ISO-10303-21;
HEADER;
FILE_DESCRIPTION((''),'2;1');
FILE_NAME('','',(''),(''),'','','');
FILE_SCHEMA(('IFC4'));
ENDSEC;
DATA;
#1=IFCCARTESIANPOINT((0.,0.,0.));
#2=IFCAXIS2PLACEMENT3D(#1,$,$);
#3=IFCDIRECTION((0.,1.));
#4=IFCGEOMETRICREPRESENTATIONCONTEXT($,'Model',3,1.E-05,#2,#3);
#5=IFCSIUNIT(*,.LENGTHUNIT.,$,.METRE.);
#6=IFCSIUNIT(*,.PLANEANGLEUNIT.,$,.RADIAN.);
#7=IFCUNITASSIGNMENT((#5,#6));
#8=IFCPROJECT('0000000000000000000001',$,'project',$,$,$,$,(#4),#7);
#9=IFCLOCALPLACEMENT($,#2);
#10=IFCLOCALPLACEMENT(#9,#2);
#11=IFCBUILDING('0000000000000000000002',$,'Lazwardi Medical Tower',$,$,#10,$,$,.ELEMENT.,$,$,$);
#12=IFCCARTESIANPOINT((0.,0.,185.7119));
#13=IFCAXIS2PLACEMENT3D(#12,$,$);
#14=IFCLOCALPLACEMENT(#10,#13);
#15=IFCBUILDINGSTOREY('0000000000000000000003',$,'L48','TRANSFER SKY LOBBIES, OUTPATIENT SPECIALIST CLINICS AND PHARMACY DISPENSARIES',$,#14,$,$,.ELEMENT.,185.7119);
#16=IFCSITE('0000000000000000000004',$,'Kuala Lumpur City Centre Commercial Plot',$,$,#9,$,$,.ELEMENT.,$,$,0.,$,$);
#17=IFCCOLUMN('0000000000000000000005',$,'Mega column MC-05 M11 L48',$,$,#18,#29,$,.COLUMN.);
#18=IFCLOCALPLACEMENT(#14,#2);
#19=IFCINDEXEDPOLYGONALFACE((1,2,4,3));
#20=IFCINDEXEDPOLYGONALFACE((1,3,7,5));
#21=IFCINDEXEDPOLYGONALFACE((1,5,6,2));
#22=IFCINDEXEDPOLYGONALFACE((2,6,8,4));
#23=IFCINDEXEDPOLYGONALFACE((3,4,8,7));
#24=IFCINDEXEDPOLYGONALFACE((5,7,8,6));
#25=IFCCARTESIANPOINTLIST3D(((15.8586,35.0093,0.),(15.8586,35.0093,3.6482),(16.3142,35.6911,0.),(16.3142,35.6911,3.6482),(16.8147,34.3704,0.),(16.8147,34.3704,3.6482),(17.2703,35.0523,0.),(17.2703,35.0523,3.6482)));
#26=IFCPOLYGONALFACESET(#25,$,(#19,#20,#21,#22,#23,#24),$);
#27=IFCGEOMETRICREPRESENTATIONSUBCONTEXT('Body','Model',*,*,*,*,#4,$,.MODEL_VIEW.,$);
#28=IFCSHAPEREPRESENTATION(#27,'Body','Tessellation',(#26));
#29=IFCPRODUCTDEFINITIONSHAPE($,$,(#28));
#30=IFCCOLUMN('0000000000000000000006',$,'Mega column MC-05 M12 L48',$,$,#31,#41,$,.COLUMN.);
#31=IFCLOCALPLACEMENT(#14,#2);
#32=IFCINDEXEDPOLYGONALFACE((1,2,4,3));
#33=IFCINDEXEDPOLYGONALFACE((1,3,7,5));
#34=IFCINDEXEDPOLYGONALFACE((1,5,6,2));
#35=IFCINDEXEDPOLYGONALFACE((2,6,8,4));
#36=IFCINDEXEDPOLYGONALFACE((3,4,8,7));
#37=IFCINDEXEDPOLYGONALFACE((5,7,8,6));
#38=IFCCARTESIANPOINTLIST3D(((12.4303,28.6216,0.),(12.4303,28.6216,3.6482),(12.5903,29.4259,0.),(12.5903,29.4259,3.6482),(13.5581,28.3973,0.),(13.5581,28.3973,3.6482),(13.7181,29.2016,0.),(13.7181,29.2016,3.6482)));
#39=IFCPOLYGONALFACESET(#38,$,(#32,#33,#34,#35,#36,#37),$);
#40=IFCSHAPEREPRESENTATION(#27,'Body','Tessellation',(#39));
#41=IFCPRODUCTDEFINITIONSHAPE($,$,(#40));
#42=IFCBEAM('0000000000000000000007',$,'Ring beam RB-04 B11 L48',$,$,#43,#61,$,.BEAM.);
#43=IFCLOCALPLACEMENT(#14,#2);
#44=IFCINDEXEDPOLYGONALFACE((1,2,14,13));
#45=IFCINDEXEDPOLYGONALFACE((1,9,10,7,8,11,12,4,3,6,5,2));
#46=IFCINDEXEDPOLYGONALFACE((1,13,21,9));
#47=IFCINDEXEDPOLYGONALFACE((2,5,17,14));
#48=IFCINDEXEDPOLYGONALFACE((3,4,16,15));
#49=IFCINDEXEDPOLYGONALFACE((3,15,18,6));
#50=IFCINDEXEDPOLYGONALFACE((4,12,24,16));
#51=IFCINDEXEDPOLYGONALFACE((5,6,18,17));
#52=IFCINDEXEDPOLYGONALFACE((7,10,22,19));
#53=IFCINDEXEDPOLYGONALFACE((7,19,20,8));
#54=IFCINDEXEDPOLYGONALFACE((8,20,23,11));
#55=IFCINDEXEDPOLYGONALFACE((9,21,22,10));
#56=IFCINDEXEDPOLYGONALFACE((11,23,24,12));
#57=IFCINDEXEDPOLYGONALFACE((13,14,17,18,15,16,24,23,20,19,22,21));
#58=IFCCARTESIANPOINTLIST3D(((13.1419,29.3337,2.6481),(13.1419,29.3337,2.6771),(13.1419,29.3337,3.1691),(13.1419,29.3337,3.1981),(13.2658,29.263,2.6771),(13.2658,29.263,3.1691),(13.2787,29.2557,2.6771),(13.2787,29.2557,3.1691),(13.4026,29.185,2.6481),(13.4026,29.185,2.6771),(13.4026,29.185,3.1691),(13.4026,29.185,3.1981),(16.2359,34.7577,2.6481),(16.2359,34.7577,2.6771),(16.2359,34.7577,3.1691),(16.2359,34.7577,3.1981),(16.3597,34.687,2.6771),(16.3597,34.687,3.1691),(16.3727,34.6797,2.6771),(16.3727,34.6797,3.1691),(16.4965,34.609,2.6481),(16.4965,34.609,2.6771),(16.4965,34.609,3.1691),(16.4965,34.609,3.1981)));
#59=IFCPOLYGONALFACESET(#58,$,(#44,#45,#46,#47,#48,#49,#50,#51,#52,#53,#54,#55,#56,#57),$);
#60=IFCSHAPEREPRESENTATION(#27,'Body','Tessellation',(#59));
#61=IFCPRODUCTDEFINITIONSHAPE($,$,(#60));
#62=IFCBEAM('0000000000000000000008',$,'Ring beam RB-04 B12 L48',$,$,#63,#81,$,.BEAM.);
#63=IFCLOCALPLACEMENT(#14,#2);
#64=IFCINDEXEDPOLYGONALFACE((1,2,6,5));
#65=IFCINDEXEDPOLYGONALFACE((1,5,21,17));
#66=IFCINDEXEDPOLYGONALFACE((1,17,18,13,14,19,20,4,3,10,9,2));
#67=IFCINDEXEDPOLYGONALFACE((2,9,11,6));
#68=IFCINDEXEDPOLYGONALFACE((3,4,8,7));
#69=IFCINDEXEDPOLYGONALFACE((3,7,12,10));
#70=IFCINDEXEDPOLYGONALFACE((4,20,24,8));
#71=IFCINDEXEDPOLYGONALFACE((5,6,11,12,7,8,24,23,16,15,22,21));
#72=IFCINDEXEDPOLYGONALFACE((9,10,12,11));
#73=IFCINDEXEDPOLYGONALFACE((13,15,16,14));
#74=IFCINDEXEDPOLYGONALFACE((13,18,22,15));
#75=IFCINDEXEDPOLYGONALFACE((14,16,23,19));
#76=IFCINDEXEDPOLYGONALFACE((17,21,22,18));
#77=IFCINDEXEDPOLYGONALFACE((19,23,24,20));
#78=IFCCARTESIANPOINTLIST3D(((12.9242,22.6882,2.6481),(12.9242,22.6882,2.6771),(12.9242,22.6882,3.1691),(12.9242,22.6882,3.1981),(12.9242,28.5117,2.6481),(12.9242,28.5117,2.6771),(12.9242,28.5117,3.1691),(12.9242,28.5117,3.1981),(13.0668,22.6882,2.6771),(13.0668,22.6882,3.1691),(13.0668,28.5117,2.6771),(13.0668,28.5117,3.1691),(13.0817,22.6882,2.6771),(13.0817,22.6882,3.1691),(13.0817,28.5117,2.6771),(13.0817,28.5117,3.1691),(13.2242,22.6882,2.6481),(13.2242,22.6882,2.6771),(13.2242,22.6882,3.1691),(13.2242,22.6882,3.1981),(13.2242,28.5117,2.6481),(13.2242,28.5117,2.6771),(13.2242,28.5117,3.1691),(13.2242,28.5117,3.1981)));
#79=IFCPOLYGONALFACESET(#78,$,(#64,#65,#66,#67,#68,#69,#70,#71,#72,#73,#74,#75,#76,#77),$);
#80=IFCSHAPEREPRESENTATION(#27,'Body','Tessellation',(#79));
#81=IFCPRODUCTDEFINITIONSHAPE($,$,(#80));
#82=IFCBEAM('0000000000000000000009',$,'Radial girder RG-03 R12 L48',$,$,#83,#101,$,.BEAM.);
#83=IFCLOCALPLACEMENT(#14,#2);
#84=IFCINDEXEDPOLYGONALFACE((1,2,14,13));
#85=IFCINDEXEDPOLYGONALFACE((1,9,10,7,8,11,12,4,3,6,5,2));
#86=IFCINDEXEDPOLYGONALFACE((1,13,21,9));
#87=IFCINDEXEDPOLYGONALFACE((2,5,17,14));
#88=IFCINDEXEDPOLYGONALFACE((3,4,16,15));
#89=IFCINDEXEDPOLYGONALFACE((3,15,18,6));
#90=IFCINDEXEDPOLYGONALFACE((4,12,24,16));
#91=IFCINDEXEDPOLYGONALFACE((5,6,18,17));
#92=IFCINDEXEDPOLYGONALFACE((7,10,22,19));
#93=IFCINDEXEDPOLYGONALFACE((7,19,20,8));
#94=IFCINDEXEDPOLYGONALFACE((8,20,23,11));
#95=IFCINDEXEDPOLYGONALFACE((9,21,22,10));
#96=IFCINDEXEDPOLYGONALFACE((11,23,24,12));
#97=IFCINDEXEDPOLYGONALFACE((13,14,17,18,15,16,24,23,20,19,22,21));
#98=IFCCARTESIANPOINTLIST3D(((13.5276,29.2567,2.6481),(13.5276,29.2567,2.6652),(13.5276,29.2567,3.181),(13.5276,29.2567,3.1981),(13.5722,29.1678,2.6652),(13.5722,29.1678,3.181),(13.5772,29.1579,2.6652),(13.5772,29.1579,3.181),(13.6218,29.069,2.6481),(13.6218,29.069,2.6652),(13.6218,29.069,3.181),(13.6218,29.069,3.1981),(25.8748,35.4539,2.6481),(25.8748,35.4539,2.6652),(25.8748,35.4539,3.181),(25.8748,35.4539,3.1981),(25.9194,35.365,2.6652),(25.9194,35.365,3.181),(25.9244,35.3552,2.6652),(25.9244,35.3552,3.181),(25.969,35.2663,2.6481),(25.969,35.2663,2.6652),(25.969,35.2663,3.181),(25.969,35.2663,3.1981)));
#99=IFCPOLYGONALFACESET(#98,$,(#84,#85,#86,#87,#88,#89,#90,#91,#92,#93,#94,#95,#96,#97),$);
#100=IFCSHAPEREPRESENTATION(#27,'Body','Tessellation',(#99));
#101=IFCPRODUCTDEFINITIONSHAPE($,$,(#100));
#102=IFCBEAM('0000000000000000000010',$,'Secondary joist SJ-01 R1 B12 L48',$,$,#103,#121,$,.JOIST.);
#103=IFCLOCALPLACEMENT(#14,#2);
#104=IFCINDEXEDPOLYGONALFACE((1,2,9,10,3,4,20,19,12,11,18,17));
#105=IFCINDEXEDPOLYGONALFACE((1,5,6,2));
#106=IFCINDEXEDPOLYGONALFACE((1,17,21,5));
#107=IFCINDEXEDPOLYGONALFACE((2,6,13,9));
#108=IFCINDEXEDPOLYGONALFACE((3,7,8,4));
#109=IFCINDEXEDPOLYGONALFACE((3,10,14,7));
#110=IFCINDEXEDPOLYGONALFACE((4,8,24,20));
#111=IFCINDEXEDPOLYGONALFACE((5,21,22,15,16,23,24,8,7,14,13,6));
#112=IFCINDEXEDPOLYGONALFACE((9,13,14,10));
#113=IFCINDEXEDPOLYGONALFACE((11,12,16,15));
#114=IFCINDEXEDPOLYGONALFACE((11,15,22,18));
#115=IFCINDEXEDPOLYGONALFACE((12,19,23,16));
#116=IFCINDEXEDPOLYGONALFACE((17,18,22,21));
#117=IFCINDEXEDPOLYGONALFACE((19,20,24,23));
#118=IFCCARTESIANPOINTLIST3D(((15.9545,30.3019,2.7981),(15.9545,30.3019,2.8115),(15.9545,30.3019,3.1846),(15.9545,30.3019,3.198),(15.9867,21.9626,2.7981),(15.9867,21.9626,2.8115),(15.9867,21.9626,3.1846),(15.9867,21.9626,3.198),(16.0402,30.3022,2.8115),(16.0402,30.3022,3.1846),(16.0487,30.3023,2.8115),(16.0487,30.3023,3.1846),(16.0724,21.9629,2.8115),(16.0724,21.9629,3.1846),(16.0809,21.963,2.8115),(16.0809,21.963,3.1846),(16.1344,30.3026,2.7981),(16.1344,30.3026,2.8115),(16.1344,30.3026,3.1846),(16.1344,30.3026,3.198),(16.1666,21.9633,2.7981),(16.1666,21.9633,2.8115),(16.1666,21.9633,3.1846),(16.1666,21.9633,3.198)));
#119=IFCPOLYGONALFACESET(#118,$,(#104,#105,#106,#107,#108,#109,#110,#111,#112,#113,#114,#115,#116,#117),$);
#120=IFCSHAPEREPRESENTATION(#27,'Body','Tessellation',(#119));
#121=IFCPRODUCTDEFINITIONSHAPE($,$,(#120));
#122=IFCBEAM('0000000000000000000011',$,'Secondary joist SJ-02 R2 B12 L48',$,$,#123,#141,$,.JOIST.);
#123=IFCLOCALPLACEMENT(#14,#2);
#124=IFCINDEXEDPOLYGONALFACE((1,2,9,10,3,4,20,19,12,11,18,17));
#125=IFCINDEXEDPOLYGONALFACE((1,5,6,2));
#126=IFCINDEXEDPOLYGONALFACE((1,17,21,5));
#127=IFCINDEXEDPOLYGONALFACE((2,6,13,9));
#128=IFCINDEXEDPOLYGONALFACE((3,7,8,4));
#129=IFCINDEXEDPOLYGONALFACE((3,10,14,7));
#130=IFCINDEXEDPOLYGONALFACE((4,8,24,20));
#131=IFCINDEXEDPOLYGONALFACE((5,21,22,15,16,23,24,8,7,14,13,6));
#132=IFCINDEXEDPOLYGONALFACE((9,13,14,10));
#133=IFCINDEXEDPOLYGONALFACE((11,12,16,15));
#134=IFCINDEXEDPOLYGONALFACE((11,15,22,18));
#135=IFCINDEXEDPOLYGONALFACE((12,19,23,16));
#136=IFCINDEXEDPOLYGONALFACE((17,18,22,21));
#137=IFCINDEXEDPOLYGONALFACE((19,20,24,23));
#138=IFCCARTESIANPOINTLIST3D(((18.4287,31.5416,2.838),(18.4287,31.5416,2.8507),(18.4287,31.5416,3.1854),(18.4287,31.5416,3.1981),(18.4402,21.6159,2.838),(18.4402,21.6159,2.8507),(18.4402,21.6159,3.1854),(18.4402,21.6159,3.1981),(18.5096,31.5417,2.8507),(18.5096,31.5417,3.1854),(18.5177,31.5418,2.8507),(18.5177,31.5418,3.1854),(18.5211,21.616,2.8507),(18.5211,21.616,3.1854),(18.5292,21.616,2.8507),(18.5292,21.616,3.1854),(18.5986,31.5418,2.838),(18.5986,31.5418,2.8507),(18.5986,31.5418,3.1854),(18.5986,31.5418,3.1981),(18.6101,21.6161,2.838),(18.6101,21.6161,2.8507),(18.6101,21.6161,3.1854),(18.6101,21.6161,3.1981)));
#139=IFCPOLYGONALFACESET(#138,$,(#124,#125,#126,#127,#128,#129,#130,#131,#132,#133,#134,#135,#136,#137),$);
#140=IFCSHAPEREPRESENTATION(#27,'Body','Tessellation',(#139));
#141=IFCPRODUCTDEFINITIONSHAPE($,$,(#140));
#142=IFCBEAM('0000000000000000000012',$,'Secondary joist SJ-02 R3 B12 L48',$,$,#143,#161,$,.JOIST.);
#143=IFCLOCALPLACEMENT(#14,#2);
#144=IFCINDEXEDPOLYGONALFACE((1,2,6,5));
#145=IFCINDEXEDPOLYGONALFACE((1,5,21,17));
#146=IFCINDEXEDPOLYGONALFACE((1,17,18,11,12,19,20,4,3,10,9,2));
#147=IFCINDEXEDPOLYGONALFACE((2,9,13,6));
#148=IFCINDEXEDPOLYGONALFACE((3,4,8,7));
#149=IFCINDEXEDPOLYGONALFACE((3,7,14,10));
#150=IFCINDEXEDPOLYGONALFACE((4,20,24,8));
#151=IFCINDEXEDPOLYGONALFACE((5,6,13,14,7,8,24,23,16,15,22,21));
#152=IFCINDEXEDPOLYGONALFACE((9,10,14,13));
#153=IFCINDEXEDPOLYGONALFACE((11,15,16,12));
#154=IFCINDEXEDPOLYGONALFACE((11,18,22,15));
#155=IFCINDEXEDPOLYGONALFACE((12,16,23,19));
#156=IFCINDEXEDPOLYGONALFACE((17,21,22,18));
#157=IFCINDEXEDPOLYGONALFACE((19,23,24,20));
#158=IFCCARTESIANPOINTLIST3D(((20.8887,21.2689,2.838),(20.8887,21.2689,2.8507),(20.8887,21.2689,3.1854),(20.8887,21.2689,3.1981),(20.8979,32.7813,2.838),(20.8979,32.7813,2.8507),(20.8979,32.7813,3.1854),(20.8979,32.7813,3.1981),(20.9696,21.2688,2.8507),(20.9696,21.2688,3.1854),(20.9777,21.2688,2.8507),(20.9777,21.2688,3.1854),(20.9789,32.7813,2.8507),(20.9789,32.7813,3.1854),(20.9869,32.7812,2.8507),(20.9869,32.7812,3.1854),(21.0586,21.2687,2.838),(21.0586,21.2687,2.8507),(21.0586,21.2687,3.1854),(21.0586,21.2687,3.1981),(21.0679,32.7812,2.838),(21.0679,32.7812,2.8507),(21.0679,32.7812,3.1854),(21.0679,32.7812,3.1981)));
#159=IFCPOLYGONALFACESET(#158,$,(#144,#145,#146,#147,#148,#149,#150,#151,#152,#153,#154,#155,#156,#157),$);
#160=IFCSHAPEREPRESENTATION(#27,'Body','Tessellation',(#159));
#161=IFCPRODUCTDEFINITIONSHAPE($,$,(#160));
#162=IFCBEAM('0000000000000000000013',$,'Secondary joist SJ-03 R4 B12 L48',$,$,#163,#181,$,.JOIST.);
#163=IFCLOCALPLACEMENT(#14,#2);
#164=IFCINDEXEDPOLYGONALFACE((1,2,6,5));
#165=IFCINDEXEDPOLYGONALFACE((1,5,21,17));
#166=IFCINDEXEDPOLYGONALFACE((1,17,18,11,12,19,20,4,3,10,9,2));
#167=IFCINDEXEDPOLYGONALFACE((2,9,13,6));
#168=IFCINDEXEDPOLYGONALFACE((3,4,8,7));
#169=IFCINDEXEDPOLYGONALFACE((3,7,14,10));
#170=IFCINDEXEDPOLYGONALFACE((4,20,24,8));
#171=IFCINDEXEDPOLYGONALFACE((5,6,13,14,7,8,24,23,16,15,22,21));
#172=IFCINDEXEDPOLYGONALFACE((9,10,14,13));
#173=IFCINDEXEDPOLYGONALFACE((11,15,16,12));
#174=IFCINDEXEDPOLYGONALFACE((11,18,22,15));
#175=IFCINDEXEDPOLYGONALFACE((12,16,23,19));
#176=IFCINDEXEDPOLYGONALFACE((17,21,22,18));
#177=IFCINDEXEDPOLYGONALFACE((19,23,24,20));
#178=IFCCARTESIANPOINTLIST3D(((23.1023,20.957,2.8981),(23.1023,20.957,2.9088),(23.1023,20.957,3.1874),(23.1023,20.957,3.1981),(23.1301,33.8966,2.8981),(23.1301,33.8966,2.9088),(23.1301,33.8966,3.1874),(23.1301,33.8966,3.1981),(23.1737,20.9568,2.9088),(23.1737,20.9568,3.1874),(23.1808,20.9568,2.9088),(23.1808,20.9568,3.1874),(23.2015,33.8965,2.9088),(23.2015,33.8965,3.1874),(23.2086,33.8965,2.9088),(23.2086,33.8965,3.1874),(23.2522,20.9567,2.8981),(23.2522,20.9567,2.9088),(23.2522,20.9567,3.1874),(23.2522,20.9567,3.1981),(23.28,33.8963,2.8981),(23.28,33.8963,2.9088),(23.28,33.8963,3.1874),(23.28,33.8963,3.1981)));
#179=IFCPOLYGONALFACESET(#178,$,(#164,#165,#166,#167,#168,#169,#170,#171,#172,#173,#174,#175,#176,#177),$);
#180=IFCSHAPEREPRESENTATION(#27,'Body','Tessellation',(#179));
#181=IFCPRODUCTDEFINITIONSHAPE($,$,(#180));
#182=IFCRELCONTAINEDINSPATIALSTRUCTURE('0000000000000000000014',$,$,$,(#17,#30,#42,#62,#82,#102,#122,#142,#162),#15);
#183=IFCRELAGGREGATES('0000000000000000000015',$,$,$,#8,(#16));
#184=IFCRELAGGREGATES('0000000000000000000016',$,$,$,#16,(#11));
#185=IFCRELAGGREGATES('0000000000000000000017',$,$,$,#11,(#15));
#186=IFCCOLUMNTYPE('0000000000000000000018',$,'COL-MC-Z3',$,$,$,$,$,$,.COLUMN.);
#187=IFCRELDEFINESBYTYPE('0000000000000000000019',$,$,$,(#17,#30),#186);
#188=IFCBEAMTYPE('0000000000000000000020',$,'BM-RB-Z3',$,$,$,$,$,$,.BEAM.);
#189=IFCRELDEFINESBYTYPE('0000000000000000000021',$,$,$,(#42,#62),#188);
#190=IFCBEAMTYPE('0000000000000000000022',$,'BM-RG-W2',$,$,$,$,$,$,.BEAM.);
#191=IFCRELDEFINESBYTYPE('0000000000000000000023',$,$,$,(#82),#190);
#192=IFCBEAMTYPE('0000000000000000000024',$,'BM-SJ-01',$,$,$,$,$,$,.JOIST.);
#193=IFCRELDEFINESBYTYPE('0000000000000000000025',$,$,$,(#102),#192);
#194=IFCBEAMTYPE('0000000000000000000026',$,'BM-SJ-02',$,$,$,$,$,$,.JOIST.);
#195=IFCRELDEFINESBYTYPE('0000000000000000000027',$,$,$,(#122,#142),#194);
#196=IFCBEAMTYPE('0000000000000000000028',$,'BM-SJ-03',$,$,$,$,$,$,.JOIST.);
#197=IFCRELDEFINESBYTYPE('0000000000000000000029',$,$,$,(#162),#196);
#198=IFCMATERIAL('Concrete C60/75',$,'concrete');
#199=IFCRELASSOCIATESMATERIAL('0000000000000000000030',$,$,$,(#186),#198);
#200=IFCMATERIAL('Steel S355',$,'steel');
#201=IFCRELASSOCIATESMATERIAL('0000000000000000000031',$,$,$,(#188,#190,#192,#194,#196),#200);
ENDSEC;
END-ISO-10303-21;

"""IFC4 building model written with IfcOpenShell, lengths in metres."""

from ifc_helpers import new_model, si_unit, direction, frame, origin, origin_2d, place, context, subcontext, project, spatial, rectangle, i_section, extrude, material, material_profile, profile_set, type_object, element, save


model = new_model("IFC4")

# Units and contexts
model_context = context("Model", 3, precision=1e-05, world=origin(), true_north=direction((0.0, 1.0)))
body_context = subcontext(model_context, "Body", "Model", "MODEL_VIEW")
ifc_project = project(units=[si_unit("LENGTHUNIT", "METRE"), si_unit("PLANEANGLEUNIT", "RADIAN")], contexts=[model_context])

# Site, building, storey
site_placement = place(None, origin())
site = spatial("IfcSite", under=ifc_project, at=site_placement, Name="Kuala Lumpur City Centre Commercial Plot", CompositionType="ELEMENT", RefElevation=0.0)
building_placement = place(site_placement, origin())
building = spatial("IfcBuilding", under=site, at=building_placement, Name="Lazwardi Medical Tower", CompositionType="ELEMENT")
storey_placement = place(building_placement, frame((0.0, 0.0, 185.7119)))
storey = spatial("IfcBuildingStorey", under=building, at=storey_placement, Name="L48", Description="TRANSFER SKY LOBBIES, OUTPATIENT SPECIALIST CLINICS AND PHARMACY DISPENSARIES", CompositionType="ELEMENT", Elevation=185.7119)

# Columns
ifc_material_1 = material(Name="Concrete C60/75", Category="concrete")
ifc_material_profile_1 = material_profile(ifc_material_1, rectangle(XDim=1.1499, YDim=0.8201, at=origin_2d()), Name="CFT-RECT 1150x820")
ifc_profile_set_1 = profile_set([ifc_material_profile_1], Name="Concrete C60/75")
column_type = type_object("IfcColumnType", Name="COL-MC-Z3", PredefinedType="COLUMN", material=ifc_profile_set_1)
for number, where, z_axis, x_axis, name in (
    (1, (16.5645, 35.0308, 0.0), (0.0, 0.0, 1.0), (-0.83147, 0.55557, 0.0), "Mega column MC-05 M11 L48"),
    (2, (13.0742, 28.9116, 0.0), (0.0, 0.0, 1.0), (-0.980785, 0.19509, 0.0), "Mega column MC-05 M12 L48"),
):
    element("IfcColumn", number, at=place(storey_placement, frame(where, z_axis=z_axis, x_axis=x_axis)), inside=storey, type_object=column_type, Name=name, PredefinedType="COLUMN", context=body_context, shape_type="SweptSolid", body=[
        extrude(rectangle(XDim=1.1499, YDim=0.8201, at=origin_2d()), origin(), (0.0, 0.0, 1.0), 3.6482),
    ])

# Beams
ifc_material_2 = material(Name="Steel S355", Category="steel")
ifc_material_profile_2 = material_profile(ifc_material_2, i_section(OverallWidth=0.3, OverallDepth=0.55, WebThickness=0.0149, FlangeThickness=0.0291, at=origin_2d()), Name="HEB 550")
ifc_profile_set_2 = profile_set([ifc_material_profile_2], Name="Steel S355")
beam_type_1 = type_object("IfcBeamType", Name="BM-RB-Z3", PredefinedType="BEAM", material=ifc_profile_set_2)
beam_1_placement = place(storey_placement, frame((16.3662, 34.6833, 2.9231), z_axis=(-0.495478, -0.868621, 0.0), x_axis=(0.868621, -0.495478, 0.0)))
element("IfcBeam", 3, at=beam_1_placement, inside=storey, type_object=beam_type_1, Name="Ring beam RB-04 B11 L48", PredefinedType="BEAM", context=body_context, shape_type="SweptSolid", body=[
    extrude(i_section(OverallWidth=0.3, OverallDepth=0.55, WebThickness=0.0149, FlangeThickness=0.0291, at=origin_2d()), origin(), (0.0, 0.0, 1.0), 6.2444),
])
beam_2_placement = place(storey_placement, frame((13.0742, 28.5117, 2.9231), z_axis=(0.0, -1.0, 0.0), x_axis=(1.0, 0.0, 0.0)))
element("IfcBeam", 4, at=beam_2_placement, inside=storey, type_object=beam_type_1, Name="Ring beam RB-04 B12 L48", PredefinedType="BEAM", context=body_context, shape_type="SweptSolid", body=[
    extrude(i_section(OverallWidth=0.3, OverallDepth=0.55, WebThickness=0.0149, FlangeThickness=0.0291, at=origin_2d()), origin(), (0.0, 0.0, 1.0), 5.8235),
])
ifc_material_profile_3 = material_profile(ifc_material_2, i_section(OverallWidth=0.21, OverallDepth=0.55, WebThickness=0.011, FlangeThickness=0.0171, at=origin_2d()), Name="IPE 550")
ifc_profile_set_3 = profile_set([ifc_material_profile_3], Name="Steel S355")
beam_type_2 = type_object("IfcBeamType", Name="BM-RG-W2", PredefinedType="BEAM", material=ifc_profile_set_3)
beam_3_placement = place(storey_placement, frame((13.5747, 29.1628, 2.9231), z_axis=(0.89374, 0.448584, 0.0), x_axis=(-0.448584, 0.89374, 0.0)))
element("IfcBeam", 5, at=beam_3_placement, inside=storey, type_object=beam_type_2, Name="Radial girder RG-03 R12 L48", PredefinedType="BEAM", context=body_context, shape_type="SweptSolid", body=[
    extrude(i_section(OverallWidth=0.21, OverallDepth=0.55, WebThickness=0.011, FlangeThickness=0.0171, at=origin_2d()), origin(), (0.0, 0.0, 1.0), 13.8152),
])
ifc_material_profile_4 = material_profile(ifc_material_2, i_section(OverallWidth=0.1799, OverallDepth=0.3999, WebThickness=0.0085, FlangeThickness=0.0134, at=origin_2d()), Name="IPE 400")
ifc_profile_set_4 = profile_set([ifc_material_profile_4], Name="Steel S355")
beam_type_3 = type_object("IfcBeamType", Name="BM-SJ-01", PredefinedType="JOIST", material=ifc_profile_set_4)
beam_4_placement = place(storey_placement, frame((16.0444, 30.3022, 2.998), z_axis=(0.003864, -0.999993, 0.0), x_axis=(0.999993, 0.003864, 0.0)))
element("IfcBeam", 6, at=beam_4_placement, inside=storey, type_object=beam_type_3, Name="Secondary joist SJ-01 R1 B12 L48", PredefinedType="JOIST", context=body_context, shape_type="SweptSolid", body=[
    extrude(i_section(OverallWidth=0.1799, OverallDepth=0.3999, WebThickness=0.0085, FlangeThickness=0.0134, at=origin_2d()), origin(), (0.0, 0.0, 1.0), 8.3394),
])
ifc_material_profile_5 = material_profile(ifc_material_2, i_section(OverallWidth=0.1699, OverallDepth=0.3601, WebThickness=0.0081, FlangeThickness=0.0127, at=origin_2d()), Name="IPE 360")
ifc_profile_set_5 = profile_set([ifc_material_profile_5], Name="Steel S355")
beam_type_4 = type_object("IfcBeamType", Name="BM-SJ-02", PredefinedType="JOIST", material=ifc_profile_set_5)
beam_5_placement = place(storey_placement, frame((18.5137, 31.5417, 3.0181), z_axis=(0.001156, -0.999999, 0.0), x_axis=(0.999999, 0.001156, 0.0)))
element("IfcBeam", 7, at=beam_5_placement, inside=storey, type_object=beam_type_4, Name="Secondary joist SJ-02 R2 B12 L48", PredefinedType="JOIST", context=body_context, shape_type="SweptSolid", body=[
    extrude(i_section(OverallWidth=0.1699, OverallDepth=0.3601, WebThickness=0.0081, FlangeThickness=0.0127, at=origin_2d()), origin(), (0.0, 0.0, 1.0), 9.9258),
])
beam_6_placement = place(storey_placement, frame((20.9829, 32.7812, 3.0181), z_axis=(-0.000806, -1.0, 0.0), x_axis=(1.0, -0.000806, 0.0)))
element("IfcBeam", 8, at=beam_6_placement, inside=storey, type_object=beam_type_4, Name="Secondary joist SJ-02 R3 B12 L48", PredefinedType="JOIST", context=body_context, shape_type="SweptSolid", body=[
    extrude(i_section(OverallWidth=0.1699, OverallDepth=0.3601, WebThickness=0.0081, FlangeThickness=0.0127, at=origin_2d()), origin(), (0.0, 0.0, 1.0), 11.5125),
])
ifc_material_profile_6 = material_profile(ifc_material_2, i_section(OverallWidth=0.1499, OverallDepth=0.3, WebThickness=0.0071, FlangeThickness=0.0107, at=origin_2d()), Name="IPE 300")
ifc_profile_set_6 = profile_set([ifc_material_profile_6], Name="Steel S355")
beam_type_5 = type_object("IfcBeamType", Name="BM-SJ-03", PredefinedType="JOIST", material=ifc_profile_set_6)
beam_7_placement = place(storey_placement, frame((23.2051, 33.8965, 3.0481), z_axis=(-0.002151, -0.999998, 0.0), x_axis=(0.999998, -0.002151, 0.0)))
element("IfcBeam", 9, at=beam_7_placement, inside=storey, type_object=beam_type_5, Name="Secondary joist SJ-03 R4 B12 L48", PredefinedType="JOIST", context=body_context, shape_type="SweptSolid", body=[
    extrude(i_section(OverallWidth=0.1499, OverallDepth=0.3, WebThickness=0.0071, FlangeThickness=0.0107, at=origin_2d()), origin(), (0.0, 0.0, 1.0), 12.9397),
])

save(model, "model.ifc")
